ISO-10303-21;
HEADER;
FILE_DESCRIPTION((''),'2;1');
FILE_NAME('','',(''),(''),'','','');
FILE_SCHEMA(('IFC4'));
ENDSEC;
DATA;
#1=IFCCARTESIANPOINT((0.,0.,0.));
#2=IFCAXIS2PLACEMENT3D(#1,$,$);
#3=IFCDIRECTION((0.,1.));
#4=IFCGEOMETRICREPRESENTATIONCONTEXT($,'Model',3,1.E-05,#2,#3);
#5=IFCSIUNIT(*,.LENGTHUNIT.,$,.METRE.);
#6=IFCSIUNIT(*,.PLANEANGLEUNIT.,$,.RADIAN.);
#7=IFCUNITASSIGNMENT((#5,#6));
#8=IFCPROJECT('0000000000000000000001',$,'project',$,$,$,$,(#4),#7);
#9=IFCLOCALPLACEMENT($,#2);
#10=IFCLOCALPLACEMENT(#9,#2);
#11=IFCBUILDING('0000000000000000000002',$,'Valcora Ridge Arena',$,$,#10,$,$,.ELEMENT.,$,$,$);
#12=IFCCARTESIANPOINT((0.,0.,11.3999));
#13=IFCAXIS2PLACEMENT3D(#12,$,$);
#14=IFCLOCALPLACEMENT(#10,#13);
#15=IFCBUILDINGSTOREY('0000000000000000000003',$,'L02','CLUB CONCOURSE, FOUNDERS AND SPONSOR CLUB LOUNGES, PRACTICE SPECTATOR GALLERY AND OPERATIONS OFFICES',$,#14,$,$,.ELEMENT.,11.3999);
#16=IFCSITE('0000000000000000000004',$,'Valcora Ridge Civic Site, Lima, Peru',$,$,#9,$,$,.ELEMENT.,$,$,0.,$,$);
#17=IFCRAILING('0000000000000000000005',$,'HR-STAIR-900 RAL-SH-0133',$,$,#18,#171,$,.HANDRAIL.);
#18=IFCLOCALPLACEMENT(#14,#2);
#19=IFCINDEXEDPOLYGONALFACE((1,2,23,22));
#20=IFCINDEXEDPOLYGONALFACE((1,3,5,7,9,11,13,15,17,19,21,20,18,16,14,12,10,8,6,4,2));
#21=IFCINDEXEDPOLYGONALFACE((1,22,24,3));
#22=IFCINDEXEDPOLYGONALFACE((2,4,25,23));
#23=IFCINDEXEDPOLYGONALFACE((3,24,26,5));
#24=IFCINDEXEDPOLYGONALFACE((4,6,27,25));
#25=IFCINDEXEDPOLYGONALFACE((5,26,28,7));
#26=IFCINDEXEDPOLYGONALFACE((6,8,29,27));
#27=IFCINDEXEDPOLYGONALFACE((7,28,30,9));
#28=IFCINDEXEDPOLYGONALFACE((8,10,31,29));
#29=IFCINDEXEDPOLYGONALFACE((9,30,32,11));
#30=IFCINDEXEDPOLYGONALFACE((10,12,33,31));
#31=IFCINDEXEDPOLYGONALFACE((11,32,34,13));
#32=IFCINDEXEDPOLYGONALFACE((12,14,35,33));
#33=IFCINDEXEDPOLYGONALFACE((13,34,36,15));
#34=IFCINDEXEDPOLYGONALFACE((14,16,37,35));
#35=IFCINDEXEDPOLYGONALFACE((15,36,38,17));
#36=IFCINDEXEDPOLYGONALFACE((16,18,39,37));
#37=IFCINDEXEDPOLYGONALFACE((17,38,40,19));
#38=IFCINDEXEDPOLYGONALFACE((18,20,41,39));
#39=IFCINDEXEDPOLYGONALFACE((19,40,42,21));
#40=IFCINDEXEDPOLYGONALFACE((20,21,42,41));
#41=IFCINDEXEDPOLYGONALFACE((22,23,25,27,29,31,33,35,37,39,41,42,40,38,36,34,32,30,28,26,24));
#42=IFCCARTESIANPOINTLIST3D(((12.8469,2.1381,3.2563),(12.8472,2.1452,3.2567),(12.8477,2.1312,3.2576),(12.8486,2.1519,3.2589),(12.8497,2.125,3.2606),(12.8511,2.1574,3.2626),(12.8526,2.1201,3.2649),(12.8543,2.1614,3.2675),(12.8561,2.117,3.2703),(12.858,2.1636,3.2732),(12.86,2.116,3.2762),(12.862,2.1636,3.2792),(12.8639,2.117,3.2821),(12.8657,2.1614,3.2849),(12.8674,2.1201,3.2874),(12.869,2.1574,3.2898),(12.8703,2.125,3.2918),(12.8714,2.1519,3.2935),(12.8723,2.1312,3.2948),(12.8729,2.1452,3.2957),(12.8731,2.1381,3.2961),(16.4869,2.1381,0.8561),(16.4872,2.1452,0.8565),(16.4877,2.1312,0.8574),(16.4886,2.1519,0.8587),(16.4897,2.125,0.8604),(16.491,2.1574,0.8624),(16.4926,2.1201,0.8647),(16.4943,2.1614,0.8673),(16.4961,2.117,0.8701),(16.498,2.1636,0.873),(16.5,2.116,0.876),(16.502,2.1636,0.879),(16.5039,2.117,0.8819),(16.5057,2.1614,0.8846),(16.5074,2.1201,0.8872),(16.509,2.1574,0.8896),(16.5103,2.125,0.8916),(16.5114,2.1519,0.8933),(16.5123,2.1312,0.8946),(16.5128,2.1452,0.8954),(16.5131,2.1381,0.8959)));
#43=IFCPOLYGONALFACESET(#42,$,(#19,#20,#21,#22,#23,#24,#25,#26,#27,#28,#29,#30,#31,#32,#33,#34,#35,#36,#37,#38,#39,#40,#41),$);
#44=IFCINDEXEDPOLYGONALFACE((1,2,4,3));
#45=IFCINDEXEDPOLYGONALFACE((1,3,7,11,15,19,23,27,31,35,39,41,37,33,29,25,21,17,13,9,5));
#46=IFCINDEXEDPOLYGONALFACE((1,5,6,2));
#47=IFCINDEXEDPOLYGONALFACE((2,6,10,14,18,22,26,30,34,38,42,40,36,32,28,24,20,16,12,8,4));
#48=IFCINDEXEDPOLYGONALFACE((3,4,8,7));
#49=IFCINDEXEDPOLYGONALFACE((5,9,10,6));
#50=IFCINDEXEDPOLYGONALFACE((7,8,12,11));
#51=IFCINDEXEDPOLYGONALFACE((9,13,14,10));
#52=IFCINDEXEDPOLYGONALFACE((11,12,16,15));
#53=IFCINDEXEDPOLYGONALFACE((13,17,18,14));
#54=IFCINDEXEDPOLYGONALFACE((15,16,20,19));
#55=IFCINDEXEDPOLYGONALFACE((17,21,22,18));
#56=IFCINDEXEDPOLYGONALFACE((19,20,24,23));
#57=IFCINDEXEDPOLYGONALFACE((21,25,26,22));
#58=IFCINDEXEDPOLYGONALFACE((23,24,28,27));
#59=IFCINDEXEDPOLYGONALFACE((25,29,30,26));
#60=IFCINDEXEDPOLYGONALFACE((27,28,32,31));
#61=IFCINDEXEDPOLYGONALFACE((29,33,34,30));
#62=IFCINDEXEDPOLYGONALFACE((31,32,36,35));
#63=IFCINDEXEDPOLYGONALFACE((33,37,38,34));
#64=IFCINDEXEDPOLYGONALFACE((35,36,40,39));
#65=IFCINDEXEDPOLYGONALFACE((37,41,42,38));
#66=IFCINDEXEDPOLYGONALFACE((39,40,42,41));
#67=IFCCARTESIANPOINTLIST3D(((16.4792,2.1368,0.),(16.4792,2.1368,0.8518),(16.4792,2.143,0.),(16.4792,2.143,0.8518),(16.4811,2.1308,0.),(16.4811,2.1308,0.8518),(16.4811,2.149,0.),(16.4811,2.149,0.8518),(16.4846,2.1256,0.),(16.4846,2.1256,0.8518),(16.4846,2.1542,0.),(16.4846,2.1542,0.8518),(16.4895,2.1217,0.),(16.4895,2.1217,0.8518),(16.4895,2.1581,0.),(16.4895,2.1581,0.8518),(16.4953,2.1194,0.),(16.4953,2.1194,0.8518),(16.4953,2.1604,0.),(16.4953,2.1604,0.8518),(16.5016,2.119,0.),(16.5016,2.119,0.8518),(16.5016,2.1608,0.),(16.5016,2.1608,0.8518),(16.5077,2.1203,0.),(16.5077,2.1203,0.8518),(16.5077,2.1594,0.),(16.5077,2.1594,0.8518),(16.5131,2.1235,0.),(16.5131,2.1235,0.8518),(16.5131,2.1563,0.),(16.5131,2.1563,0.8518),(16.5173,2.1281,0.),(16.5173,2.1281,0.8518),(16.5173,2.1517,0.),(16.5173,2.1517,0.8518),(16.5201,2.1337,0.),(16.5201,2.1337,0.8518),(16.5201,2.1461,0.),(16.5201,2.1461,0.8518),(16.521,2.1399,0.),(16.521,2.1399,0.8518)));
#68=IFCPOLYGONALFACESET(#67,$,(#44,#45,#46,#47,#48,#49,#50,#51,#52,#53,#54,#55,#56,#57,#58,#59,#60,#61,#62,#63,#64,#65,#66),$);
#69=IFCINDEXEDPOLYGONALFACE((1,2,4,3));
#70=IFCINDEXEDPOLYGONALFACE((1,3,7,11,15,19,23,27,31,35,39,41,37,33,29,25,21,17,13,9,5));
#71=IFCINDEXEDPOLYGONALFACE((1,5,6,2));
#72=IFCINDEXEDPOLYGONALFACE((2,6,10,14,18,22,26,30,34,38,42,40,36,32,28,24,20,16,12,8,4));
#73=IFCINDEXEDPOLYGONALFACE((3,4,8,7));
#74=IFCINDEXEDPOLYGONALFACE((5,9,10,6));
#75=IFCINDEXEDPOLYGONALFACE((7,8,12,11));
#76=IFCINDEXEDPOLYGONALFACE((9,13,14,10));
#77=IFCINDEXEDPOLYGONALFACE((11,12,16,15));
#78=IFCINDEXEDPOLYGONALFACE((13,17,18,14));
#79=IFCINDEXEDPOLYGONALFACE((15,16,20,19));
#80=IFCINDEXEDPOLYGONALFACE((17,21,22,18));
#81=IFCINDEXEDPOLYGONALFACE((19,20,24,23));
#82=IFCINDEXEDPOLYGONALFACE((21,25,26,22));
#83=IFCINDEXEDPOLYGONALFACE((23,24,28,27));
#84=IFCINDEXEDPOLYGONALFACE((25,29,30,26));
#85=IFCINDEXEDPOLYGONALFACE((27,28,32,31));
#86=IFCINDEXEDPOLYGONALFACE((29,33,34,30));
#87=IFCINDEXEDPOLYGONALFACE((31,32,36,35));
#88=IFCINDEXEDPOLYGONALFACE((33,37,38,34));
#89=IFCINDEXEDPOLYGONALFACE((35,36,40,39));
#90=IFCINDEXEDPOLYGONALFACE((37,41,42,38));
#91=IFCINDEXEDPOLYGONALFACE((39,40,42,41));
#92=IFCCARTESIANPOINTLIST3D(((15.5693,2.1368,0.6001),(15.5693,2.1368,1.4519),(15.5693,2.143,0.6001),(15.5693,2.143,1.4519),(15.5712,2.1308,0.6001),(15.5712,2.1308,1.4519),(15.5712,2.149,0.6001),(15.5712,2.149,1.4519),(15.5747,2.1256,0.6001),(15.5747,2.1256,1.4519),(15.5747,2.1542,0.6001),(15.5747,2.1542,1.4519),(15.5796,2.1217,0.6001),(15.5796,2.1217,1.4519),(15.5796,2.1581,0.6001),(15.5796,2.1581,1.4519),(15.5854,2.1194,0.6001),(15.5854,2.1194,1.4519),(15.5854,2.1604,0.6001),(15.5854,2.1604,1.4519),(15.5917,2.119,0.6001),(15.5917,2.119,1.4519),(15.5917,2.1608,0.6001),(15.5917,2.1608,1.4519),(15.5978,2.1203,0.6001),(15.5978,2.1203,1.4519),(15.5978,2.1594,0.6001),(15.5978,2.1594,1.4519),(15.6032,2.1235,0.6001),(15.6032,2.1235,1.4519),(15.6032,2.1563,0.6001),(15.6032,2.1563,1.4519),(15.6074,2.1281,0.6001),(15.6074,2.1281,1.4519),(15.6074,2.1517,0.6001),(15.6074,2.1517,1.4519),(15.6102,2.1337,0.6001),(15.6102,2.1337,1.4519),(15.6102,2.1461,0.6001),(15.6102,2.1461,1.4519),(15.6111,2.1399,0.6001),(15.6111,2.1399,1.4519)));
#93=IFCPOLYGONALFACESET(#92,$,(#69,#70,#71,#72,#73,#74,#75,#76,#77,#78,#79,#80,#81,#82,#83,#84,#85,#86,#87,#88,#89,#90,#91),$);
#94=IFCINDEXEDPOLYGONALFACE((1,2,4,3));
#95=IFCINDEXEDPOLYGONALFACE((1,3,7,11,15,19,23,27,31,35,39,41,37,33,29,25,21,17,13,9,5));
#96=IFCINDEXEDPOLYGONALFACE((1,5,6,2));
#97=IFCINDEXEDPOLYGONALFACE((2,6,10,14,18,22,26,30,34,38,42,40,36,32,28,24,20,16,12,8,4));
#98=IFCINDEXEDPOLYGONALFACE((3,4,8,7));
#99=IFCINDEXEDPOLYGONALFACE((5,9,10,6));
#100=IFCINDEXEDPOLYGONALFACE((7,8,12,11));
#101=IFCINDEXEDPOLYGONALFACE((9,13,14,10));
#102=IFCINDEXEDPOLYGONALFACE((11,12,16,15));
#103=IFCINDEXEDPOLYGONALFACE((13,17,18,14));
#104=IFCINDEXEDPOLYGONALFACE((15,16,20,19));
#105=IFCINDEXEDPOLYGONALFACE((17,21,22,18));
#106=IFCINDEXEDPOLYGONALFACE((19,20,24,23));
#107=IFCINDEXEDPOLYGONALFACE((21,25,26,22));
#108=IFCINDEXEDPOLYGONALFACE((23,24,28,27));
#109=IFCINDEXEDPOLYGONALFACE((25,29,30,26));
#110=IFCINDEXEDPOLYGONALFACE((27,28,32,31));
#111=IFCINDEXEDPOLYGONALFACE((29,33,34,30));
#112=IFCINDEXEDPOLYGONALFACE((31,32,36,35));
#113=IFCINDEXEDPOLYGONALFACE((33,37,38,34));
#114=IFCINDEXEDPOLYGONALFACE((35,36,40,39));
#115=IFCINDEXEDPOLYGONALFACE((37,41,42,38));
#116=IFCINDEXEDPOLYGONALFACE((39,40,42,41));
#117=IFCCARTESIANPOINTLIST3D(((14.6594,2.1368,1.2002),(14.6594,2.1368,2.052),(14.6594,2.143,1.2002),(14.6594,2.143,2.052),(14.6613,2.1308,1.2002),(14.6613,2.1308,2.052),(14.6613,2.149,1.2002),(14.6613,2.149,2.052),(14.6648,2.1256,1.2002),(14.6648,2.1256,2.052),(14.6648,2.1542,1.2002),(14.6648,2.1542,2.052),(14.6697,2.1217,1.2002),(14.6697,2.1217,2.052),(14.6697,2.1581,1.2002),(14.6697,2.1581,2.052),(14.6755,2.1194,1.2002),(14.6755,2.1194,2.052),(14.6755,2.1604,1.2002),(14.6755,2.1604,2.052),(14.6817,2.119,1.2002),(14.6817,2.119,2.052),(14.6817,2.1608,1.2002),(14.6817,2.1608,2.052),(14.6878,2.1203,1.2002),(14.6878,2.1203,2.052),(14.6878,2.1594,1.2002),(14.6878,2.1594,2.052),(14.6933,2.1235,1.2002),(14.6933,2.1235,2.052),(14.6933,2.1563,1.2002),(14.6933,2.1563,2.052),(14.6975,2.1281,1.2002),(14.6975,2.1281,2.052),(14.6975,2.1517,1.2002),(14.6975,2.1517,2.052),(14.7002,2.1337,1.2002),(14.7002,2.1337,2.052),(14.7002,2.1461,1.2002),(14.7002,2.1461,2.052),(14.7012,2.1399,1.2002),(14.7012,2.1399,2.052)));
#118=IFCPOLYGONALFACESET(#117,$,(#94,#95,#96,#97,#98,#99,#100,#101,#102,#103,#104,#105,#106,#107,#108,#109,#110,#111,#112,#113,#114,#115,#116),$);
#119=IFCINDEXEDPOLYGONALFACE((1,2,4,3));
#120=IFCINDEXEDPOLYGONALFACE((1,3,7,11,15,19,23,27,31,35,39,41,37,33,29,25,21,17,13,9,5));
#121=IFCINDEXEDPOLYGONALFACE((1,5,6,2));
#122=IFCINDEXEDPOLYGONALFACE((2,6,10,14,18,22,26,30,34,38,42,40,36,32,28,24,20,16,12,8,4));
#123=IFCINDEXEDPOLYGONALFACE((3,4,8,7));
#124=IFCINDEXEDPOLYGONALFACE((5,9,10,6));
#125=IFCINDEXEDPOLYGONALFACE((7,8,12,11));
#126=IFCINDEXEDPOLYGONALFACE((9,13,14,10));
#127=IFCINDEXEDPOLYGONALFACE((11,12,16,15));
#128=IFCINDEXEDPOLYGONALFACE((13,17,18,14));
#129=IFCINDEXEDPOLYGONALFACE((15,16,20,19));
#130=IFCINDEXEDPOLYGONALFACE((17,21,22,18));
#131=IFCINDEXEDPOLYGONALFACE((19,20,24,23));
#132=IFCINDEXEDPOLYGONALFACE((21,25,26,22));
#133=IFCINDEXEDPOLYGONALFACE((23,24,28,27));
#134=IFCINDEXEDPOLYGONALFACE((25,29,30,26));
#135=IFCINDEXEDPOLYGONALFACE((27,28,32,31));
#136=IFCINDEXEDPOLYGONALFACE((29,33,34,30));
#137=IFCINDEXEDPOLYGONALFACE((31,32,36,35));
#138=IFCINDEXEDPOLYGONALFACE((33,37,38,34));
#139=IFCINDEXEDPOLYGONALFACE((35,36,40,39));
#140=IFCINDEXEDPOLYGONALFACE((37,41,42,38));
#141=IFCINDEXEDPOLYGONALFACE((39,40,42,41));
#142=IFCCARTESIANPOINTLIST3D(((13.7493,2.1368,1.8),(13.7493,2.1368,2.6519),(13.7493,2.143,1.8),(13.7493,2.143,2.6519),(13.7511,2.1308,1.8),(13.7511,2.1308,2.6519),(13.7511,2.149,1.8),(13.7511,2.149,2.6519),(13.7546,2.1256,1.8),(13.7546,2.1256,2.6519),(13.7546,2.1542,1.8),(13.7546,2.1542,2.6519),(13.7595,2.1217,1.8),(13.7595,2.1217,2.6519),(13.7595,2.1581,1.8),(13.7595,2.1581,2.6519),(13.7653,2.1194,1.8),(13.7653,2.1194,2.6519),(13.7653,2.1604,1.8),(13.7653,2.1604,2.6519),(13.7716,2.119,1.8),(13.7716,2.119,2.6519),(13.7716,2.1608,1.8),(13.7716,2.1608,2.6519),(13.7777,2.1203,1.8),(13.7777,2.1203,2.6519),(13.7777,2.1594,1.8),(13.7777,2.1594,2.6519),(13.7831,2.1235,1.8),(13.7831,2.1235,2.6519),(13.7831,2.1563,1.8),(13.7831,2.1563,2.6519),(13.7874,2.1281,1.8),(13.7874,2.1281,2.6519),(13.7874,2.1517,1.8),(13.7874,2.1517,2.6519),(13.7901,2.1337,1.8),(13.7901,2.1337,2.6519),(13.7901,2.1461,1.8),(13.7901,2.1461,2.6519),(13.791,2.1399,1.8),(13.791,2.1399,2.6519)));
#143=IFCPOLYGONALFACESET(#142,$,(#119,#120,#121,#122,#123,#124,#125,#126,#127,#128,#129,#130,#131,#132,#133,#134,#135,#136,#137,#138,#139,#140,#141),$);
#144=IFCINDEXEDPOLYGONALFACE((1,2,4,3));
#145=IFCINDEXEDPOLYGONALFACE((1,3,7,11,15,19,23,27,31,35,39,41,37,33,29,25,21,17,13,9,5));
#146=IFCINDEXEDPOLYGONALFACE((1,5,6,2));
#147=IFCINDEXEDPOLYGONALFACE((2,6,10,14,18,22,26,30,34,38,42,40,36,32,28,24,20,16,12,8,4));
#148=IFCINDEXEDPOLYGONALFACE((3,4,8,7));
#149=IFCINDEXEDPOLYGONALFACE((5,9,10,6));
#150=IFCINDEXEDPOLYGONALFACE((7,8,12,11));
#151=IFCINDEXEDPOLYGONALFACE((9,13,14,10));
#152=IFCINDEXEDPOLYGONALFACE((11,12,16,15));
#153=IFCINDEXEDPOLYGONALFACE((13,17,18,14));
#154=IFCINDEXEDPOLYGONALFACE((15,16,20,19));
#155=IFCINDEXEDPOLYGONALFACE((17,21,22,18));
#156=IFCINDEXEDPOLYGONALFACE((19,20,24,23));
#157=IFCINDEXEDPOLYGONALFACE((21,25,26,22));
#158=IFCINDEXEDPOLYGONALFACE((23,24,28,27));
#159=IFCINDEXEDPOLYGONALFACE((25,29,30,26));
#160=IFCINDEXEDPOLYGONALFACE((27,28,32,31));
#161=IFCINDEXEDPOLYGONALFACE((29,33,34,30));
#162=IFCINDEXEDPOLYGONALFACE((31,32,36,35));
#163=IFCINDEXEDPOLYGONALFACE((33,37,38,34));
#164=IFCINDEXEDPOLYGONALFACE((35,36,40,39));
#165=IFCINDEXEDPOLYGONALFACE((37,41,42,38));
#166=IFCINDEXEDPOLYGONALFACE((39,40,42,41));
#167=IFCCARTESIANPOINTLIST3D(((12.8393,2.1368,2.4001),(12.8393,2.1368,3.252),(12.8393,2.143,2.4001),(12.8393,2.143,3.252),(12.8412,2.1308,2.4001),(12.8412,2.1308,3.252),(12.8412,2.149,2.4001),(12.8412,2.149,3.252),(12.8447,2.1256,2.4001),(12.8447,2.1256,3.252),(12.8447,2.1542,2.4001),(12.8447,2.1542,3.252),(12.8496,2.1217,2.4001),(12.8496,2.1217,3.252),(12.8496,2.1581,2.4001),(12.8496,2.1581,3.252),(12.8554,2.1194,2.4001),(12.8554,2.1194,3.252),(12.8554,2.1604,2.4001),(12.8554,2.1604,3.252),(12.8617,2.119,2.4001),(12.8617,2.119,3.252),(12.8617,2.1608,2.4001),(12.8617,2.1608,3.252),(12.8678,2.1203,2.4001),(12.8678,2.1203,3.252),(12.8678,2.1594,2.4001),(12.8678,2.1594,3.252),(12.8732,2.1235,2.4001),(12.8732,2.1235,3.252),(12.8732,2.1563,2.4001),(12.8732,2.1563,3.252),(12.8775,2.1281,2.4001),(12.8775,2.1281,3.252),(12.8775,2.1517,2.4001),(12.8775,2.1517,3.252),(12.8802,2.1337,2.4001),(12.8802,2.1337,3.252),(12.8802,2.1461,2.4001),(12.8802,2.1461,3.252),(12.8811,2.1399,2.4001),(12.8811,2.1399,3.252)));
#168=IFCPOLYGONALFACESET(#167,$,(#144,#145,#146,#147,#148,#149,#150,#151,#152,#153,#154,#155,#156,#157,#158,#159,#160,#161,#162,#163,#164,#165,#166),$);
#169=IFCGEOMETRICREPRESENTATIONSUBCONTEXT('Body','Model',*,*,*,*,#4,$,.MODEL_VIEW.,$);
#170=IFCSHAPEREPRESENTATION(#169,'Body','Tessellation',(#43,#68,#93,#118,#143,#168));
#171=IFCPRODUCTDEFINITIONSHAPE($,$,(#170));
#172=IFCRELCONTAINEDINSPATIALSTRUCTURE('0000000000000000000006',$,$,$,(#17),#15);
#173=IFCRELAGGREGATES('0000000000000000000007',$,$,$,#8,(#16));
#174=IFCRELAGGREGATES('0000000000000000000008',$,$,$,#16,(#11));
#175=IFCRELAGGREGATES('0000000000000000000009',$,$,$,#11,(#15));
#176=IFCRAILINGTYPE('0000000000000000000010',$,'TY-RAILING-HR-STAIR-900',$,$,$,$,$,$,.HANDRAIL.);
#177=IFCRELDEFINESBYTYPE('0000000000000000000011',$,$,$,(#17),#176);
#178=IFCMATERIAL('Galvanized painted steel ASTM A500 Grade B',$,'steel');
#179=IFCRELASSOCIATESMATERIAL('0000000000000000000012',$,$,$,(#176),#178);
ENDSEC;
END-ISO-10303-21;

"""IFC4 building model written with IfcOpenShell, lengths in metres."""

from ifc_helpers import new_model, si_unit, direction, frame, origin, origin_2d, place, context, subcontext, project, spatial, circle, extrude, material, type_object, element, save


model = new_model("IFC4")

# Units and contexts
model_context = context("Model", 3, precision=1e-05, world=origin(), true_north=direction((0.0, 1.0)))
body_context = subcontext(model_context, "Body", "Model", "MODEL_VIEW")
ifc_project = project(units=[si_unit("LENGTHUNIT", "METRE"), si_unit("PLANEANGLEUNIT", "RADIAN")], contexts=[model_context])

# Site, building, storey
site_placement = place(None, origin())
site = spatial("IfcSite", under=ifc_project, at=site_placement, Name="Valcora Ridge Civic Site, Lima, Peru", CompositionType="ELEMENT", RefElevation=0.0)
building_placement = place(site_placement, origin())
building = spatial("IfcBuilding", under=site, at=building_placement, Name="Valcora Ridge Arena", CompositionType="ELEMENT")
storey_placement = place(building_placement, frame((0.0, 0.0, 11.3999)))
storey = spatial("IfcBuildingStorey", under=building, at=storey_placement, Name="L02", Description="CLUB CONCOURSE, FOUNDERS AND SPONSOR CLUB LOUNGES, PRACTICE SPECTATOR GALLERY AND OPERATIONS OFFICES", CompositionType="ELEMENT", Elevation=11.3999)

# Railing
ifc_material_1 = material(Name="Galvanized painted steel ASTM A500 Grade B", Category="steel")
railing_type_1 = type_object("IfcRailingType", Name="TY-RAILING-HR-STAIR-900", PredefinedType="HANDRAIL", material=ifc_material_1)
railing_1_placement = place(storey_placement, frame((16.5, 2.1399, 0.0)))
element("IfcRailing", 1, at=railing_1_placement, inside=storey, type_object=railing_type_1, Name="HR-STAIR-900 RAL-SH-0133", PredefinedType="HANDRAIL", context=body_context, shape_type="SweptSolid", body=[
    extrude(circle(Radius=0.0239, at=origin_2d()), frame((0.0, 0.0, 0.876), z_axis=(-0.834839, 0.0, 0.550493), x_axis=(0.0, -1.0, 0.0)), (0.0, 0.0, 1.0), 4.3601),
    extrude(circle(Radius=0.021, at=origin_2d()), origin(), (0.0, 0.0, 1.0), 0.8518),
    extrude(circle(Radius=0.021, at=origin_2d()), frame((-0.9099, 0.0, 0.6001)), (0.0, 0.0, 1.0), 0.8518),
    extrude(circle(Radius=0.021, at=origin_2d()), frame((-1.8198, 0.0, 1.2002)), (0.0, 0.0, 1.0), 0.8518),
    extrude(circle(Radius=0.021, at=origin_2d()), frame((-2.73, 0.0, 1.8)), (0.0, 0.0, 1.0), 0.8518),
    extrude(circle(Radius=0.021, at=origin_2d()), frame((-3.6399, 0.0, 2.4001)), (0.0, 0.0, 1.0), 0.8518),
])

save(model, "model.ifc")
